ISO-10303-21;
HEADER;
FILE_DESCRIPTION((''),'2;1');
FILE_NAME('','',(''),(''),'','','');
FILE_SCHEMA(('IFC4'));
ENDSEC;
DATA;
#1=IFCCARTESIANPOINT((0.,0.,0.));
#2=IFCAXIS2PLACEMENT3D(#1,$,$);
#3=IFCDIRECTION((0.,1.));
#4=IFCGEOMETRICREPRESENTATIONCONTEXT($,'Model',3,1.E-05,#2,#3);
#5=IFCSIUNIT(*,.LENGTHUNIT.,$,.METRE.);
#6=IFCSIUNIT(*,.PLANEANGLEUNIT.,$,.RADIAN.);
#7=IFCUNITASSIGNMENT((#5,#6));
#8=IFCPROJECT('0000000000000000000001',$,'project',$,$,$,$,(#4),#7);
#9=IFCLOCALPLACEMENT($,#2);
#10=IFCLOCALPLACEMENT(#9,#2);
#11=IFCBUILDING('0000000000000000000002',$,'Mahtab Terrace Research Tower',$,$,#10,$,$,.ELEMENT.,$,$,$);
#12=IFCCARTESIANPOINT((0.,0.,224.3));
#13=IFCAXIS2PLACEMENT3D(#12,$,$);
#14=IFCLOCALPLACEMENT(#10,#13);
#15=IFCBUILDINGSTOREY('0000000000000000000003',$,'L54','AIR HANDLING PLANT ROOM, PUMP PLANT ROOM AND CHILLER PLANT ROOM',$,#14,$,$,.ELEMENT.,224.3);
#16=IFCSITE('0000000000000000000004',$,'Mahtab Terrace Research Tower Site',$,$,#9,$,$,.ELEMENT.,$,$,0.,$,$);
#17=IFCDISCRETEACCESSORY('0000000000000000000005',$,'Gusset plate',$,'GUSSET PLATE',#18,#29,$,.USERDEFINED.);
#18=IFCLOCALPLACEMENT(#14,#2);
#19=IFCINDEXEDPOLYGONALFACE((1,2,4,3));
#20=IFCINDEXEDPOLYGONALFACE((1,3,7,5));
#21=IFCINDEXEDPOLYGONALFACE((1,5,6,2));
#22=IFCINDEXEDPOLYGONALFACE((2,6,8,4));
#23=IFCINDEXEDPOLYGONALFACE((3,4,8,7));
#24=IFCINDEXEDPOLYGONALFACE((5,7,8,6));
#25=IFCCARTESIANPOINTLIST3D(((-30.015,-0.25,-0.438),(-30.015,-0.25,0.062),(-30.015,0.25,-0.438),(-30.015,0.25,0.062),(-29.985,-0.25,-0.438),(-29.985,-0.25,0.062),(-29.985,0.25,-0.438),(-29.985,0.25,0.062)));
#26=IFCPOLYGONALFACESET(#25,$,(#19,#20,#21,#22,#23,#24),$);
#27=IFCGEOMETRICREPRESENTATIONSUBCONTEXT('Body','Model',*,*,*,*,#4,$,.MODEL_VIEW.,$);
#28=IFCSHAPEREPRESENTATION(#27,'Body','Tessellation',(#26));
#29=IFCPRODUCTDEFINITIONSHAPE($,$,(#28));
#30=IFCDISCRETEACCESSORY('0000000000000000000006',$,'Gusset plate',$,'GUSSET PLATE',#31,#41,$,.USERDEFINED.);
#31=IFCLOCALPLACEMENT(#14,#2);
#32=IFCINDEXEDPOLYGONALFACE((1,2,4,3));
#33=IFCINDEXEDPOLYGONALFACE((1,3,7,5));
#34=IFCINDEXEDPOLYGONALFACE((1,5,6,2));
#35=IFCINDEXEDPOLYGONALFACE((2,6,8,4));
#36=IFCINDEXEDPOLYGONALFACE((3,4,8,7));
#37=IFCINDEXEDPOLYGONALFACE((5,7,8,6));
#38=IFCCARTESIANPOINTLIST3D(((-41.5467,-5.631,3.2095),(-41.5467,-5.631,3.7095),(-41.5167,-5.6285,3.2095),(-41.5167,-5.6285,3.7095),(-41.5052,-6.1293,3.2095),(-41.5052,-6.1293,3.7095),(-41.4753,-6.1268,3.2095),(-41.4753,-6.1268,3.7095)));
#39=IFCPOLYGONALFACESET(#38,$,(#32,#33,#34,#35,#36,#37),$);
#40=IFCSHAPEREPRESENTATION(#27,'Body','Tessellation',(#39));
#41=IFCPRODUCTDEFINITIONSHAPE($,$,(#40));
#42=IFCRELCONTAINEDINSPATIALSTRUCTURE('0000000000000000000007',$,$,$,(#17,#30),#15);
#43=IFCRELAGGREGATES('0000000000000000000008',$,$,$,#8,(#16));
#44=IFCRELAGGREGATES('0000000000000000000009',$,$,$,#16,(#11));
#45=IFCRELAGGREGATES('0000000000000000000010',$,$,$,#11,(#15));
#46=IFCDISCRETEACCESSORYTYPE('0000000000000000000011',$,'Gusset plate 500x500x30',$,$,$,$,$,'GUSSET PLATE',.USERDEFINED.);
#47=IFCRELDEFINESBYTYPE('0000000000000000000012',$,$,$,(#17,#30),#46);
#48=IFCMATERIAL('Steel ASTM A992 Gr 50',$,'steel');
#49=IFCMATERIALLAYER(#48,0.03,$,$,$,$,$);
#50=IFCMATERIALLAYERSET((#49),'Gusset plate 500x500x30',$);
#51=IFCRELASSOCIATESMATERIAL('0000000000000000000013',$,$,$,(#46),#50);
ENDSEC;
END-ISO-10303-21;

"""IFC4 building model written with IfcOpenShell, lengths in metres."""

from ifc_helpers import new_model, si_unit, direction, frame, origin, origin_2d, place, context, subcontext, project, spatial, rectangle, extrude, material, layer, layer_set, type_object, element, save


model = new_model("IFC4")

# Units and contexts
model_context = context("Model", 3, precision=1e-05, world=origin(), true_north=direction((0.0, 1.0)))
body_context = subcontext(model_context, "Body", "Model", "MODEL_VIEW")
ifc_project = project(units=[si_unit("LENGTHUNIT", "METRE"), si_unit("PLANEANGLEUNIT", "RADIAN")], contexts=[model_context])

# Site, building, storey
site_placement = place(None, origin())
site = spatial("IfcSite", under=ifc_project, at=site_placement, Name="Mahtab Terrace Research Tower Site", CompositionType="ELEMENT", RefElevation=0.0)
building_placement = place(site_placement, origin())
building = spatial("IfcBuilding", under=site, at=building_placement, Name="Mahtab Terrace Research Tower", CompositionType="ELEMENT")
storey_placement = place(building_placement, frame((0.0, 0.0, 224.3)))
storey = spatial("IfcBuildingStorey", under=building, at=storey_placement, Name="L54", Description="AIR HANDLING PLANT ROOM, PUMP PLANT ROOM AND CHILLER PLANT ROOM", CompositionType="ELEMENT", Elevation=224.3)

# Shared definitions
ifc_material_1 = material(Name="Steel ASTM A992 Gr 50", Category="steel")

# Discrete accessories
ifc_layer_1 = layer(ifc_material_1, 0.03)
ifc_layer_set_1 = layer_set([ifc_layer_1], Name="Gusset plate 500x500x30")
discrete_accessory_type = type_object("IfcDiscreteAccessoryType", Name="Gusset plate 500x500x30", ElementType="GUSSET PLATE", PredefinedType="USERDEFINED", material=ifc_layer_set_1)
for number, where, z_axis, x_axis, name in (
    (1, (-30.0, 0.0, -0.438), (0.0, 0.0, 1.0), (0.0, 1.0, 0.0), "Gusset plate"),
    (2, (-41.511, -5.8789, 3.2095), (0.0, 0.0, 1.0), (-0.082895, 0.996558, 0.0), "Gusset plate"),
):
    element("IfcDiscreteAccessory", number, at=place(storey_placement, frame(where, z_axis=z_axis, x_axis=x_axis)), inside=storey, type_object=discrete_accessory_type, Name=name, ObjectType="GUSSET PLATE", PredefinedType="USERDEFINED", context=body_context, shape_type="SweptSolid", body=[
        extrude(rectangle(XDim=0.5, YDim=0.03, at=origin_2d()), origin(), (0.0, 0.0, 1.0), 0.5),
    ])

save(model, "model.ifc")
